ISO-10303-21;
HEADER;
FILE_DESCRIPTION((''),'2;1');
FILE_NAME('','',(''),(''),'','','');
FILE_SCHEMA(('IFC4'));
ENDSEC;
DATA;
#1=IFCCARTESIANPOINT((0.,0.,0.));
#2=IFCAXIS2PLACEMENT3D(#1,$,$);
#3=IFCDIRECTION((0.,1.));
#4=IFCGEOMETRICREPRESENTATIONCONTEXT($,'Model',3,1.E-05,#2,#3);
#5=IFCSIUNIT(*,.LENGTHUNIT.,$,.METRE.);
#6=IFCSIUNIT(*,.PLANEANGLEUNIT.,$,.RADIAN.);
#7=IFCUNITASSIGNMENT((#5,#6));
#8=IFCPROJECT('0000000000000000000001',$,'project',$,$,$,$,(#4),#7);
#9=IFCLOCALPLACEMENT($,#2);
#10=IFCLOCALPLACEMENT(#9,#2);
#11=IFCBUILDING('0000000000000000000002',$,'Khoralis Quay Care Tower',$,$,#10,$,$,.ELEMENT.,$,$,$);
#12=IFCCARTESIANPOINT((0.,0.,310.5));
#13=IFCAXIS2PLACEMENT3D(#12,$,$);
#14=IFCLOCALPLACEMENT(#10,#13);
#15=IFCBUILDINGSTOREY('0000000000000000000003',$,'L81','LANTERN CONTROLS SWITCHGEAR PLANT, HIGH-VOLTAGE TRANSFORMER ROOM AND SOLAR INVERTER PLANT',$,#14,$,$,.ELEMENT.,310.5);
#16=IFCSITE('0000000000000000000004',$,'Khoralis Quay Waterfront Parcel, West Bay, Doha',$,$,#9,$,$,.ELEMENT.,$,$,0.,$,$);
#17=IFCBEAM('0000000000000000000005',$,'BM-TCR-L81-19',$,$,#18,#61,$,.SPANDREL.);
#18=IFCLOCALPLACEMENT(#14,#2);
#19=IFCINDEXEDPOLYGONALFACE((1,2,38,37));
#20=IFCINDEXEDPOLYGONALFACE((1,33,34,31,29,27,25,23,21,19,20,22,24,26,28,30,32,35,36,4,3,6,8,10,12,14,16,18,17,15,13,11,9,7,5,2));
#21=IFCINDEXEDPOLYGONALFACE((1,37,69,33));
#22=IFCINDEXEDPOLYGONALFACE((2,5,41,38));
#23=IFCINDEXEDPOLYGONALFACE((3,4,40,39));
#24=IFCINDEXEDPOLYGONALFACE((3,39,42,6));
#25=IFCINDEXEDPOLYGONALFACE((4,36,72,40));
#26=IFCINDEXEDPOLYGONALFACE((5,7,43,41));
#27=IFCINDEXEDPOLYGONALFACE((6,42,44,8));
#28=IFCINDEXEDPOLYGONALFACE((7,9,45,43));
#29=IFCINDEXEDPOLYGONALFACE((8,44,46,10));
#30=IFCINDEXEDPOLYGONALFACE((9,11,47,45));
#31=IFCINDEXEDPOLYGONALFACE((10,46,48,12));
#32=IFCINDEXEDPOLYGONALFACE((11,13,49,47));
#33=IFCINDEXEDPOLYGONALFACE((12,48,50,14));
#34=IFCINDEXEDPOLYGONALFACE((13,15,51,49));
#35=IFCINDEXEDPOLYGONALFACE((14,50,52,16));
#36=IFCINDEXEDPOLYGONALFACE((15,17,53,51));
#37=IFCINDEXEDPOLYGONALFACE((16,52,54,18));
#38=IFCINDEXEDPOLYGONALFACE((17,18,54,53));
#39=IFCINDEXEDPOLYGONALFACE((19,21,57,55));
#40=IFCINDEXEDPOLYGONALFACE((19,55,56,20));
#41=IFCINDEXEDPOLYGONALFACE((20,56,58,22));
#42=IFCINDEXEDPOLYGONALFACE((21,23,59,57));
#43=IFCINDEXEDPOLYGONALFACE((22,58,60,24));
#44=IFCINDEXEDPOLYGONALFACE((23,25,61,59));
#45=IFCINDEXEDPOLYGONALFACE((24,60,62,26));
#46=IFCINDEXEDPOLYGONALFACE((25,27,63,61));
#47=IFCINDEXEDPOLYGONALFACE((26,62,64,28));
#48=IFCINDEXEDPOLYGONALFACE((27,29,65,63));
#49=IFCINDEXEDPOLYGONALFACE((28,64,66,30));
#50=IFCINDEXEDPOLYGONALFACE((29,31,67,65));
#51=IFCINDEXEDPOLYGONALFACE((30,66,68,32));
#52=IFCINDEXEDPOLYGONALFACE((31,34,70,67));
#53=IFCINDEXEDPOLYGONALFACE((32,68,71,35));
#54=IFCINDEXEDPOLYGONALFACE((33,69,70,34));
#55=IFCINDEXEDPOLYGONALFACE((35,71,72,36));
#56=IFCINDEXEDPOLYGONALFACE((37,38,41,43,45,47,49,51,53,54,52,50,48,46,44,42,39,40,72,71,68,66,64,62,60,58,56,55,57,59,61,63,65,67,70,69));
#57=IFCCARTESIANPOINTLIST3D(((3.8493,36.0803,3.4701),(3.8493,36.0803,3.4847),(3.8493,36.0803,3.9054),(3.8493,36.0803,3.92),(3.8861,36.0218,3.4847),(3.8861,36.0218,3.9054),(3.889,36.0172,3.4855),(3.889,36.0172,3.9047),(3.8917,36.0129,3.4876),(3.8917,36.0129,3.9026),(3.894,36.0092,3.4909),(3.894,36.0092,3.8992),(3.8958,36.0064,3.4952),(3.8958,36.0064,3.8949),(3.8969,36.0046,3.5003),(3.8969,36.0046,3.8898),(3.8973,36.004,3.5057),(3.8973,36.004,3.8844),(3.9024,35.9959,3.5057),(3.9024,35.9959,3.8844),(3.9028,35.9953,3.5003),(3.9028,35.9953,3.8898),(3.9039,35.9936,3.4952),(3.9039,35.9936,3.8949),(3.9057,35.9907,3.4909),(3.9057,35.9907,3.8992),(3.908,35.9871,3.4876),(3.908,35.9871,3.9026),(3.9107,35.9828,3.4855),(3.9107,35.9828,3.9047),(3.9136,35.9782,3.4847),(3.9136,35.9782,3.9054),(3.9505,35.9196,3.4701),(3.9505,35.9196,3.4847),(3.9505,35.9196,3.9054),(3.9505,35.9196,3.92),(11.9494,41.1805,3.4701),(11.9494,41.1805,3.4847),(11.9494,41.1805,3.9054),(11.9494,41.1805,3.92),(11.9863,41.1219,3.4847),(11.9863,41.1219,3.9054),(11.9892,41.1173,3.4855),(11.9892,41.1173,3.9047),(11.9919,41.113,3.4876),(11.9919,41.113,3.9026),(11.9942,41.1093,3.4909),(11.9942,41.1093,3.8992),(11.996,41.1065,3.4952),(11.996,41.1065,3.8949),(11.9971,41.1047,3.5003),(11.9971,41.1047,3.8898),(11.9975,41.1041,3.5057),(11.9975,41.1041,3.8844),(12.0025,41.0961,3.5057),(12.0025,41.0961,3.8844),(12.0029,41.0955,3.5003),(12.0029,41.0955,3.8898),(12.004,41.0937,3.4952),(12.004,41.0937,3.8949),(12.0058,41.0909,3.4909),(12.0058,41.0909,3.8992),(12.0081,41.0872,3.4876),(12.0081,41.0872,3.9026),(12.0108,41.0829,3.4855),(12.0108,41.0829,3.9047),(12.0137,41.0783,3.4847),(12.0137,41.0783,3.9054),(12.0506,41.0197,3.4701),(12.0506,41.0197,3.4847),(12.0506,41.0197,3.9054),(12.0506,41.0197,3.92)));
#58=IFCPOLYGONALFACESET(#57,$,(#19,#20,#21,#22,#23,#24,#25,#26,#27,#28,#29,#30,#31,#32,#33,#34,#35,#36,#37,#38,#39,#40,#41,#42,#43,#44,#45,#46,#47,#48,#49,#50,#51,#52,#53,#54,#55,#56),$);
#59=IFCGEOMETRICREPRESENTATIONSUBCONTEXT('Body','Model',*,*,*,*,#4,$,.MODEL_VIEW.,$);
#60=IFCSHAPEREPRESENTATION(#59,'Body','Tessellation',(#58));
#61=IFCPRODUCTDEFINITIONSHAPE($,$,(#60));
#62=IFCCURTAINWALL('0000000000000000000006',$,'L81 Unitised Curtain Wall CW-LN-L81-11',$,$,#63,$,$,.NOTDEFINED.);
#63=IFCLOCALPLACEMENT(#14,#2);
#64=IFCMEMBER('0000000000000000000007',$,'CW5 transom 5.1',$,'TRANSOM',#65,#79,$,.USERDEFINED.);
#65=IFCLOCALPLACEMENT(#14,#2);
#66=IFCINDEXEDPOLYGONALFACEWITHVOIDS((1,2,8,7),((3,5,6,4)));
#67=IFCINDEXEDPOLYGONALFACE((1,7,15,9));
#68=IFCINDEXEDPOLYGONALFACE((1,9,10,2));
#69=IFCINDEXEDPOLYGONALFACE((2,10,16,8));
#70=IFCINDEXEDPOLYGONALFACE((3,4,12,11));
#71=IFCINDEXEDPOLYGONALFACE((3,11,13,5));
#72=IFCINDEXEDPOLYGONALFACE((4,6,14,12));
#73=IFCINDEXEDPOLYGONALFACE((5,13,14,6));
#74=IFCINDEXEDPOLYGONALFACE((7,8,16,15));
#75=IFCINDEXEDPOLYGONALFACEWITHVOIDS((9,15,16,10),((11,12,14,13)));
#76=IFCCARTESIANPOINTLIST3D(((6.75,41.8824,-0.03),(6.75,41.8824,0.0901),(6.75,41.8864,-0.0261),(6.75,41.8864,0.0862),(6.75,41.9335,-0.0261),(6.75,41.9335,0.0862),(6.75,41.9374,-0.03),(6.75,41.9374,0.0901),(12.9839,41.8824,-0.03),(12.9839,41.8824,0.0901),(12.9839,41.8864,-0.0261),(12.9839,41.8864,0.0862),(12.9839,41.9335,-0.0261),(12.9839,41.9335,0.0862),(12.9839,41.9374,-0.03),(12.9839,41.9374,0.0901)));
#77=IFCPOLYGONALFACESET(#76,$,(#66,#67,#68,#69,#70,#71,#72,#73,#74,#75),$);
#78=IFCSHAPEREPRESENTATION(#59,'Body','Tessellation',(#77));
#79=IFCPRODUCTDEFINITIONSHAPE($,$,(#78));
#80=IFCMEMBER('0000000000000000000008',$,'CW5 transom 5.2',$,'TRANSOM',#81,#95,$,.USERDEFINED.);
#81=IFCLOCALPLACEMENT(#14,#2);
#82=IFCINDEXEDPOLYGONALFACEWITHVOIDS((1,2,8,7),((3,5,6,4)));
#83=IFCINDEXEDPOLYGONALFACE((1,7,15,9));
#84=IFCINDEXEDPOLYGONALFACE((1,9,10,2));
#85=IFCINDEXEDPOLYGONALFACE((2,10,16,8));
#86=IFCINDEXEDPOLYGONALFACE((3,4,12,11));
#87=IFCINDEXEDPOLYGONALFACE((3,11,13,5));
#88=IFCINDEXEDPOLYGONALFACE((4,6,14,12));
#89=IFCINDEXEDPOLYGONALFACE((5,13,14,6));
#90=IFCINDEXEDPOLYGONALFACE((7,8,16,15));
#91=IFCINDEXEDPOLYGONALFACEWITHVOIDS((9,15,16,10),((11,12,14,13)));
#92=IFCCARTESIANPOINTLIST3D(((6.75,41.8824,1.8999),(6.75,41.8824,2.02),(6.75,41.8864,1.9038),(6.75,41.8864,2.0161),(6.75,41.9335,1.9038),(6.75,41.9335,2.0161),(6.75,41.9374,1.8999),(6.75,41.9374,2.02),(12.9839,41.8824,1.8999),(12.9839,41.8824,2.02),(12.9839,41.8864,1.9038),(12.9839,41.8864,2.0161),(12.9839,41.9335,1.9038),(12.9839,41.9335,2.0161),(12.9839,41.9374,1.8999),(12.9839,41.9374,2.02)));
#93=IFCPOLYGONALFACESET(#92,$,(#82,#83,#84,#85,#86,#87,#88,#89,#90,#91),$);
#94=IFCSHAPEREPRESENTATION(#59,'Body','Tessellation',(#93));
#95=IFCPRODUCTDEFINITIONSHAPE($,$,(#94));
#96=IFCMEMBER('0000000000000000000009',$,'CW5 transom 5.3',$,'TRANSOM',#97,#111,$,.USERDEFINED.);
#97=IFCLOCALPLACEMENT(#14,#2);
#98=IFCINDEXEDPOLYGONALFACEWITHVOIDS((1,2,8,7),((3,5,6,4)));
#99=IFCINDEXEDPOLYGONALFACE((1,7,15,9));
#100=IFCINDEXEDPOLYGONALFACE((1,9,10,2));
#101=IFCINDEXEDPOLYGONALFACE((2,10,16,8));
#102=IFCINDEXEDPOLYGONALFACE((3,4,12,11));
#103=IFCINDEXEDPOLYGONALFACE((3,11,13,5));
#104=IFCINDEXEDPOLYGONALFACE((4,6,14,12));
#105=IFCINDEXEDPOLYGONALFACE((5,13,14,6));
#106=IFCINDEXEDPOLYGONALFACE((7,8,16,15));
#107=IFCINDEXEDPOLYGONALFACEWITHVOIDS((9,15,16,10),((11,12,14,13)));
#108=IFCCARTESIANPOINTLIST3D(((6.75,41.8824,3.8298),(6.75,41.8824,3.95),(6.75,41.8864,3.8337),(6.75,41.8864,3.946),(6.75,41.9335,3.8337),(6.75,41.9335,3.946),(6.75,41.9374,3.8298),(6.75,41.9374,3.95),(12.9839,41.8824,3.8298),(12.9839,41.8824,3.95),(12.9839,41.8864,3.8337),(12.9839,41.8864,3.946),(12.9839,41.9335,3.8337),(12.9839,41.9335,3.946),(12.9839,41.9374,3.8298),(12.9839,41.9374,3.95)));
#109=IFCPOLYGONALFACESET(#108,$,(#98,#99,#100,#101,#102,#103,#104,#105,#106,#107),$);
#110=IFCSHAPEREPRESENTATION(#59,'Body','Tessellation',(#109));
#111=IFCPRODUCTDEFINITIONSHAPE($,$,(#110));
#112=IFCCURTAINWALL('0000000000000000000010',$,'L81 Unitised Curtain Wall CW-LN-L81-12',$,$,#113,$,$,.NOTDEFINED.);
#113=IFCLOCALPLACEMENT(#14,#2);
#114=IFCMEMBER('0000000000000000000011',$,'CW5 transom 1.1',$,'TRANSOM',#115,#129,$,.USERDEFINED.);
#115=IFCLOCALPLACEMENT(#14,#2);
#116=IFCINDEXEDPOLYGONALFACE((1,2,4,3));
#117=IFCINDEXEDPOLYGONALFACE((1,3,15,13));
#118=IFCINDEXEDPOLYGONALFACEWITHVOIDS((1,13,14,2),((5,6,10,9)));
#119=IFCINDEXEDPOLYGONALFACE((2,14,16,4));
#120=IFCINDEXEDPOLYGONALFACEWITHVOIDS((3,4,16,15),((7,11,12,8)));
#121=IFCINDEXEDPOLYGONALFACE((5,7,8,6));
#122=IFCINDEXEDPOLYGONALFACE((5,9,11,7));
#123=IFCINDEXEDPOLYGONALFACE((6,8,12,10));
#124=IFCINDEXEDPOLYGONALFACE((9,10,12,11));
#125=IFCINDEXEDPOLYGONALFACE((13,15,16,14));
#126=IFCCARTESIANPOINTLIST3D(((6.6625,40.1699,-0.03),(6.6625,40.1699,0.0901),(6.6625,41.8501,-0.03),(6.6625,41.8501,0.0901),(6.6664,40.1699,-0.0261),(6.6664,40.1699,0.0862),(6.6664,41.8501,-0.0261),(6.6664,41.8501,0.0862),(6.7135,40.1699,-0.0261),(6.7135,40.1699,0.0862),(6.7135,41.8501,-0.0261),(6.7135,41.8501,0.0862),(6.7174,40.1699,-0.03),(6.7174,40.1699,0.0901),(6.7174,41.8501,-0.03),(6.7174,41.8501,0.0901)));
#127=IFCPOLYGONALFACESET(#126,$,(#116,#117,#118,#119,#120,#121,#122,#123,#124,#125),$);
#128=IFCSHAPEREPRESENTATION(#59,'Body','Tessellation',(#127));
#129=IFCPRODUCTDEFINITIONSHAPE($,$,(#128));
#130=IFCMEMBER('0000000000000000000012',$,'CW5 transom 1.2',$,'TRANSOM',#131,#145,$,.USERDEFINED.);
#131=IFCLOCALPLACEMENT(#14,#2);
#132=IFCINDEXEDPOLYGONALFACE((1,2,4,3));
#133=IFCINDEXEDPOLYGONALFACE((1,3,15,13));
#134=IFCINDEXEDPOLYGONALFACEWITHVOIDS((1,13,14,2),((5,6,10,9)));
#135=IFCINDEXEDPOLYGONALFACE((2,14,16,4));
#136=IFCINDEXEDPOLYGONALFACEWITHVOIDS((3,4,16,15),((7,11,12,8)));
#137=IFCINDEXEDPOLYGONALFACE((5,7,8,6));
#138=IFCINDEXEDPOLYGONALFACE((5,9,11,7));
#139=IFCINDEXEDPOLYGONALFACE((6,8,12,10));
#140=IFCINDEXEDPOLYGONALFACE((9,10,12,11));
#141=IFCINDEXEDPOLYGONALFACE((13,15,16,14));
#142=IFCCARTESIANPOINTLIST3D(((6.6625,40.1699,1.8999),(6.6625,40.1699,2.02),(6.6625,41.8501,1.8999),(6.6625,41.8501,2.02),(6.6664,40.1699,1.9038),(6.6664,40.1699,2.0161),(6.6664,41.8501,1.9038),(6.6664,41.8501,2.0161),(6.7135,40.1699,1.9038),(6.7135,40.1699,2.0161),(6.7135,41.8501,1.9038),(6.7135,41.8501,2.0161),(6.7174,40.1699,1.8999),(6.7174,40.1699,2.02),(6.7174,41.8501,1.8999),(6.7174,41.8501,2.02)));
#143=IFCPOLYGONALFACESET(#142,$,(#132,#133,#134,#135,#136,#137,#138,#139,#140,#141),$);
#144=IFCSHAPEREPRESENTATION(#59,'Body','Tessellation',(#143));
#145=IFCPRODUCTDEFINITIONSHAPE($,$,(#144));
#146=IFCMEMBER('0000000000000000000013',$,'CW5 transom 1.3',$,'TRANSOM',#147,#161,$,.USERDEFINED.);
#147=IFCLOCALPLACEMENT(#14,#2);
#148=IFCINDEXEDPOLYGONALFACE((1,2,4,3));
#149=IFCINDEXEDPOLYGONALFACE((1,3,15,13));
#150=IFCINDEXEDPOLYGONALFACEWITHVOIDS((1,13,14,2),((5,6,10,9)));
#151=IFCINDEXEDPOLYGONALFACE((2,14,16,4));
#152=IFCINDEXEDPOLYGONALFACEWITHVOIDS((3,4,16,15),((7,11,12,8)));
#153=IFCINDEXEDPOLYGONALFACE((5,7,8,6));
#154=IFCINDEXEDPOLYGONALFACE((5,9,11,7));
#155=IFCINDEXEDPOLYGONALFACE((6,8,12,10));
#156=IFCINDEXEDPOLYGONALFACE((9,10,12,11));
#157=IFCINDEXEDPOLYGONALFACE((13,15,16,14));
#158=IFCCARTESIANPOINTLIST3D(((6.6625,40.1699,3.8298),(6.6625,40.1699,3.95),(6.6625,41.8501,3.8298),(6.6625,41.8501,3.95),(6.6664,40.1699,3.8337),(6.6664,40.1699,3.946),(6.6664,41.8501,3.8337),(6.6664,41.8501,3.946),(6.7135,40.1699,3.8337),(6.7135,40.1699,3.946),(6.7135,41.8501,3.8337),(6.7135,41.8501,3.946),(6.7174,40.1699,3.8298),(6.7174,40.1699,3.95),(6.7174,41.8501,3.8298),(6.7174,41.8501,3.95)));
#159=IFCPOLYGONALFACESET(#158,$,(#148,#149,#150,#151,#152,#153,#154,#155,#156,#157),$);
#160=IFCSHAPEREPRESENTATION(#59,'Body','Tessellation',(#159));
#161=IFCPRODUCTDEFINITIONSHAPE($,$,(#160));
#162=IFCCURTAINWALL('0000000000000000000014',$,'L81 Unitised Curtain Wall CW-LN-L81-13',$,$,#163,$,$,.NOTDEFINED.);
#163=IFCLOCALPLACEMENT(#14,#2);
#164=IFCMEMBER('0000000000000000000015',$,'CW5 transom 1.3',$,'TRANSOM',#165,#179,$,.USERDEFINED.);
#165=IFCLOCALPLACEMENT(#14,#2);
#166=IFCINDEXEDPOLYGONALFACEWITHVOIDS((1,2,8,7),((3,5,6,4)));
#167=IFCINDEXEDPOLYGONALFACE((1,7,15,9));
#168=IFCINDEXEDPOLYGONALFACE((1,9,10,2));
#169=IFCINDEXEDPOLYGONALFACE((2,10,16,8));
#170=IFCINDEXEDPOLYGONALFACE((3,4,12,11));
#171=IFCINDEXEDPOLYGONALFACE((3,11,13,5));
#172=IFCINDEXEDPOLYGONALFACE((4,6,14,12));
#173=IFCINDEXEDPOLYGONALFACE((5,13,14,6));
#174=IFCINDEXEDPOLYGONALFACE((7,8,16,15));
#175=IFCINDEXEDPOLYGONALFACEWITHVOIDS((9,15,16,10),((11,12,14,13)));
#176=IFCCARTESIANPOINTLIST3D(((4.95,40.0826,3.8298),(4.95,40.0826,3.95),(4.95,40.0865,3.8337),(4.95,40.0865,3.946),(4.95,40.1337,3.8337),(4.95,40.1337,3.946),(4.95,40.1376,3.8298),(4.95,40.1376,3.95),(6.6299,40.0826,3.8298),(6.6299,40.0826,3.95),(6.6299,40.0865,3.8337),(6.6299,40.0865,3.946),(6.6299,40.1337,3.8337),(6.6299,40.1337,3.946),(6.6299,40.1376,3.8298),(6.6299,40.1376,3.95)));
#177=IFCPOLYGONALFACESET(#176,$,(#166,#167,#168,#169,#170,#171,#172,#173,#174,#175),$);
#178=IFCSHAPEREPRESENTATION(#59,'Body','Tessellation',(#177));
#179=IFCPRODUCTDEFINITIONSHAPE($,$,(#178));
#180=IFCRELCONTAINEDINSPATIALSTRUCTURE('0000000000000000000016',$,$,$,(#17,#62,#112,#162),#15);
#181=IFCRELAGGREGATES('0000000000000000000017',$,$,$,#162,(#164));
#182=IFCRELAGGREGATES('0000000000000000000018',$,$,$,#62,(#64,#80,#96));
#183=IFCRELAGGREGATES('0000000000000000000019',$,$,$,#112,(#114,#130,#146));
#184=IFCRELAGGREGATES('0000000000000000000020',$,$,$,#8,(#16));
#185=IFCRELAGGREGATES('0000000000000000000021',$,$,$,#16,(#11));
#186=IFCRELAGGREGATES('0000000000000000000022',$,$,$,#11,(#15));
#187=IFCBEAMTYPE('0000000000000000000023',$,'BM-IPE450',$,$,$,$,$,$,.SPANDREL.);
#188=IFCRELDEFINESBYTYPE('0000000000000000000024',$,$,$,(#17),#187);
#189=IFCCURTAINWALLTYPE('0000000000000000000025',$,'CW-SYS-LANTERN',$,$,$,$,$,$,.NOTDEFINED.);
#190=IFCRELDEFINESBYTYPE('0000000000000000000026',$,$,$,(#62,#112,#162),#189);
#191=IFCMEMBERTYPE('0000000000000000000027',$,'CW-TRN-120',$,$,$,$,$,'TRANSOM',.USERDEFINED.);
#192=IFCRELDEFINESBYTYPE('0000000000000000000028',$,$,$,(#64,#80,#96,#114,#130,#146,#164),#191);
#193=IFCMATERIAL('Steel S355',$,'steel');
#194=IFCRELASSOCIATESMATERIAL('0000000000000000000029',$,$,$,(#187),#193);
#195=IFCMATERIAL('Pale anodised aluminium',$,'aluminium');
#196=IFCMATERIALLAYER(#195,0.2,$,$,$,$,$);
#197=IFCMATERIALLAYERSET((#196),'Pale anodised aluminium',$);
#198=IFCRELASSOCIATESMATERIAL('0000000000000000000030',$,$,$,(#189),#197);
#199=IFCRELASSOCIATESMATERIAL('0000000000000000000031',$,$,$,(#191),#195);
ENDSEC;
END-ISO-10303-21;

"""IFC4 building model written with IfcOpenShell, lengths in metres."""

from ifc_helpers import new_model, si_unit, direction, frame, origin, origin_2d, place, context, subcontext, project, spatial, hollow_rectangle, i_section, extrude, source, transform, mapped, material, layer, layer_set, material_profile, profile_set, type_object, element, aggregate, save


model = new_model("IFC4")

# Units and contexts
model_context = context("Model", 3, precision=1e-05, world=origin(), true_north=direction((0.0, 1.0)))
body_context = subcontext(model_context, "Body", "Model", "MODEL_VIEW")
ifc_project = project(units=[si_unit("LENGTHUNIT", "METRE"), si_unit("PLANEANGLEUNIT", "RADIAN")], contexts=[model_context])

# Site, building, storey
site_placement = place(None, origin())
site = spatial("IfcSite", under=ifc_project, at=site_placement, Name="Khoralis Quay Waterfront Parcel, West Bay, Doha", CompositionType="ELEMENT", RefElevation=0.0)
building_placement = place(site_placement, origin())
building = spatial("IfcBuilding", under=site, at=building_placement, Name="Khoralis Quay Care Tower", CompositionType="ELEMENT")
storey_placement = place(building_placement, frame((0.0, 0.0, 310.5)))
storey = spatial("IfcBuildingStorey", under=building, at=storey_placement, Name="L81", Description="LANTERN CONTROLS SWITCHGEAR PLANT, HIGH-VOLTAGE TRANSFORMER ROOM AND SOLAR INVERTER PLANT", CompositionType="ELEMENT", Elevation=310.5)

# Beam
ifc_material_1 = material(Name="Steel S355", Category="steel")
ifc_material_profile_1 = material_profile(ifc_material_1, i_section(OverallWidth=0.1899, OverallDepth=0.45, WebThickness=0.0095, FlangeThickness=0.0146, FilletRadius=0.021, at=origin_2d()), Name="Steel S355")
ifc_profile_set_1 = profile_set([ifc_material_profile_1], Name="Steel S355")
beam_type_1 = type_object("IfcBeamType", Name="BM-IPE450", PredefinedType="SPANDREL", material=ifc_profile_set_1)
shared_shape_1 = source(origin(), body_context, "Body", "SweptSolid", [
    extrude(i_section(OverallWidth=0.1899, OverallDepth=0.45, WebThickness=0.0095, FlangeThickness=0.0146, FilletRadius=0.021, at=origin_2d()), origin(), (0.0, 0.0, 1.0), 9.572),
])
beam_1_placement = place(storey_placement, frame((12.0, 41.1001, 3.6951), z_axis=(-0.846231, -0.532816, 0.0), x_axis=(0.532816, -0.846231, 0.0)))
element("IfcBeam", 1, at=beam_1_placement, inside=storey, type_object=beam_type_1, Name="BM-TCR-L81-19", PredefinedType="SPANDREL", context=body_context, shape_type="MappedRepresentation", body=[
    mapped(shared_shape_1, transform((0.0, 0.0, 0.0), scale=1.0)),
])

# Curtain walls, members
ifc_material_2 = material(Name="Pale anodised aluminium", Category="aluminium")
ifc_layer_1 = layer(ifc_material_2, 0.2)
ifc_layer_set_1 = layer_set([ifc_layer_1], Name="Pale anodised aluminium")
curtain_wall_type = type_object("IfcCurtainWallType", Name="CW-SYS-LANTERN", PredefinedType="NOTDEFINED", material=ifc_layer_set_1)
curtain_wall_1_placement = place(storey_placement, origin())
curtain_wall_1 = element("IfcCurtainWall", 2, at=curtain_wall_1_placement, inside=storey, type_object=curtain_wall_type, Name="L81 Unitised Curtain Wall CW-LN-L81-11", PredefinedType="NOTDEFINED")
ifc_material_profile_2 = material_profile(ifc_material_2, hollow_rectangle(XDim=0.0549, YDim=0.1201, WallThickness=0.0039, at=origin_2d()), Name="Pale anodised aluminium")
ifc_profile_set_2 = profile_set([ifc_material_profile_2], Name="Pale anodised aluminium")
member_type_1 = type_object("IfcMemberType", Name="CW-TRN-120", ElementType="TRANSOM", PredefinedType="USERDEFINED", material=ifc_profile_set_2)
shared_shape_2 = source(origin(), body_context, "Body", "SweptSolid", [
    extrude(hollow_rectangle(XDim=0.0549, YDim=0.1201, WallThickness=0.0039, at=origin_2d()), origin(), (0.0, 0.0, 1.0), 6.2339),
])
member_1_placement = place(storey_placement, frame((12.9839, 41.9099, 0.03), z_axis=(-1.0, 0.0, 0.0), x_axis=(0.0, -1.0, 0.0)))
member_1 = element("IfcMember", 3, at=member_1_placement, type_object=member_type_1, Name="CW5 transom 5.1", ObjectType="TRANSOM", PredefinedType="USERDEFINED", context=body_context, shape_type="MappedRepresentation", body=[
    mapped(shared_shape_2, transform((0.0, 0.0, 0.0), scale=1.0)),
])
member_2_placement = place(storey_placement, frame((12.9839, 41.9099, 1.96), z_axis=(-1.0, 0.0, 0.0), x_axis=(0.0, -1.0, 0.0)))
member_2 = element("IfcMember", 4, at=member_2_placement, type_object=member_type_1, Name="CW5 transom 5.2", ObjectType="TRANSOM", PredefinedType="USERDEFINED", context=body_context, shape_type="MappedRepresentation", body=[
    mapped(shared_shape_2, transform((0.0, 0.0, 0.0), scale=1.0)),
])
member_3_placement = place(storey_placement, frame((12.9839, 41.9099, 3.8899), z_axis=(-1.0, 0.0, 0.0), x_axis=(0.0, -1.0, 0.0)))
member_3 = element("IfcMember", 5, at=member_3_placement, type_object=member_type_1, Name="CW5 transom 5.3", ObjectType="TRANSOM", PredefinedType="USERDEFINED", context=body_context, shape_type="MappedRepresentation", body=[
    mapped(shared_shape_2, transform((0.0, 0.0, 0.0), scale=1.0)),
])
curtain_wall_2_placement = place(storey_placement, origin())
curtain_wall_2 = element("IfcCurtainWall", 6, at=curtain_wall_2_placement, inside=storey, type_object=curtain_wall_type, Name="L81 Unitised Curtain Wall CW-LN-L81-12", PredefinedType="NOTDEFINED")
shared_shape_3 = source(origin(), body_context, "Body", "SweptSolid", [
    extrude(hollow_rectangle(XDim=0.0549, YDim=0.1201, WallThickness=0.0039, at=origin_2d()), origin(), (0.0, 0.0, 1.0), 1.6802),
])
member_4_placement = place(storey_placement, frame((6.6899, 41.8501, 0.03), z_axis=(0.0, -1.0, 0.0), x_axis=(1.0, 0.0, 0.0)))
member_4 = element("IfcMember", 7, at=member_4_placement, type_object=member_type_1, Name="CW5 transom 1.1", ObjectType="TRANSOM", PredefinedType="USERDEFINED", context=body_context, shape_type="MappedRepresentation", body=[
    mapped(shared_shape_3, transform((0.0, 0.0, 0.0), scale=1.0)),
])
member_5_placement = place(storey_placement, frame((6.6899, 41.8501, 1.96), z_axis=(0.0, -1.0, 0.0), x_axis=(1.0, 0.0, 0.0)))
member_5 = element("IfcMember", 8, at=member_5_placement, type_object=member_type_1, Name="CW5 transom 1.2", ObjectType="TRANSOM", PredefinedType="USERDEFINED", context=body_context, shape_type="MappedRepresentation", body=[
    mapped(shared_shape_3, transform((0.0, 0.0, 0.0), scale=1.0)),
])
member_6_placement = place(storey_placement, frame((6.6899, 41.8501, 3.8899), z_axis=(0.0, -1.0, 0.0), x_axis=(1.0, 0.0, 0.0)))
member_6 = element("IfcMember", 9, at=member_6_placement, type_object=member_type_1, Name="CW5 transom 1.3", ObjectType="TRANSOM", PredefinedType="USERDEFINED", context=body_context, shape_type="MappedRepresentation", body=[
    mapped(shared_shape_3, transform((0.0, 0.0, 0.0), scale=1.0)),
])

# Curtain wall, member
curtain_wall_3_placement = place(storey_placement, origin())
curtain_wall_3 = element("IfcCurtainWall", 10, at=curtain_wall_3_placement, inside=storey, type_object=curtain_wall_type, Name="L81 Unitised Curtain Wall CW-LN-L81-13", PredefinedType="NOTDEFINED")
shared_shape_4 = source(origin(), body_context, "Body", "SweptSolid", [
    extrude(hollow_rectangle(XDim=0.0549, YDim=0.1201, WallThickness=0.0039, at=origin_2d()), origin(), (0.0, 0.0, 1.0), 1.6799),
])
member_7_placement = place(storey_placement, frame((6.6299, 40.1101, 3.8899), z_axis=(-1.0, 0.0, 0.0), x_axis=(0.0, -1.0, 0.0)))
member_7 = element("IfcMember", 11, at=member_7_placement, type_object=member_type_1, Name="CW5 transom 1.3", ObjectType="TRANSOM", PredefinedType="USERDEFINED", context=body_context, shape_type="MappedRepresentation", body=[
    mapped(shared_shape_4, transform((0.0, 0.0, 0.0), scale=1.0)),
])

aggregate(curtain_wall_3, [member_7])

aggregate(curtain_wall_1, [member_1, member_2, member_3])
aggregate(curtain_wall_2, [member_4, member_5, member_6])

save(model, "model.ifc")
